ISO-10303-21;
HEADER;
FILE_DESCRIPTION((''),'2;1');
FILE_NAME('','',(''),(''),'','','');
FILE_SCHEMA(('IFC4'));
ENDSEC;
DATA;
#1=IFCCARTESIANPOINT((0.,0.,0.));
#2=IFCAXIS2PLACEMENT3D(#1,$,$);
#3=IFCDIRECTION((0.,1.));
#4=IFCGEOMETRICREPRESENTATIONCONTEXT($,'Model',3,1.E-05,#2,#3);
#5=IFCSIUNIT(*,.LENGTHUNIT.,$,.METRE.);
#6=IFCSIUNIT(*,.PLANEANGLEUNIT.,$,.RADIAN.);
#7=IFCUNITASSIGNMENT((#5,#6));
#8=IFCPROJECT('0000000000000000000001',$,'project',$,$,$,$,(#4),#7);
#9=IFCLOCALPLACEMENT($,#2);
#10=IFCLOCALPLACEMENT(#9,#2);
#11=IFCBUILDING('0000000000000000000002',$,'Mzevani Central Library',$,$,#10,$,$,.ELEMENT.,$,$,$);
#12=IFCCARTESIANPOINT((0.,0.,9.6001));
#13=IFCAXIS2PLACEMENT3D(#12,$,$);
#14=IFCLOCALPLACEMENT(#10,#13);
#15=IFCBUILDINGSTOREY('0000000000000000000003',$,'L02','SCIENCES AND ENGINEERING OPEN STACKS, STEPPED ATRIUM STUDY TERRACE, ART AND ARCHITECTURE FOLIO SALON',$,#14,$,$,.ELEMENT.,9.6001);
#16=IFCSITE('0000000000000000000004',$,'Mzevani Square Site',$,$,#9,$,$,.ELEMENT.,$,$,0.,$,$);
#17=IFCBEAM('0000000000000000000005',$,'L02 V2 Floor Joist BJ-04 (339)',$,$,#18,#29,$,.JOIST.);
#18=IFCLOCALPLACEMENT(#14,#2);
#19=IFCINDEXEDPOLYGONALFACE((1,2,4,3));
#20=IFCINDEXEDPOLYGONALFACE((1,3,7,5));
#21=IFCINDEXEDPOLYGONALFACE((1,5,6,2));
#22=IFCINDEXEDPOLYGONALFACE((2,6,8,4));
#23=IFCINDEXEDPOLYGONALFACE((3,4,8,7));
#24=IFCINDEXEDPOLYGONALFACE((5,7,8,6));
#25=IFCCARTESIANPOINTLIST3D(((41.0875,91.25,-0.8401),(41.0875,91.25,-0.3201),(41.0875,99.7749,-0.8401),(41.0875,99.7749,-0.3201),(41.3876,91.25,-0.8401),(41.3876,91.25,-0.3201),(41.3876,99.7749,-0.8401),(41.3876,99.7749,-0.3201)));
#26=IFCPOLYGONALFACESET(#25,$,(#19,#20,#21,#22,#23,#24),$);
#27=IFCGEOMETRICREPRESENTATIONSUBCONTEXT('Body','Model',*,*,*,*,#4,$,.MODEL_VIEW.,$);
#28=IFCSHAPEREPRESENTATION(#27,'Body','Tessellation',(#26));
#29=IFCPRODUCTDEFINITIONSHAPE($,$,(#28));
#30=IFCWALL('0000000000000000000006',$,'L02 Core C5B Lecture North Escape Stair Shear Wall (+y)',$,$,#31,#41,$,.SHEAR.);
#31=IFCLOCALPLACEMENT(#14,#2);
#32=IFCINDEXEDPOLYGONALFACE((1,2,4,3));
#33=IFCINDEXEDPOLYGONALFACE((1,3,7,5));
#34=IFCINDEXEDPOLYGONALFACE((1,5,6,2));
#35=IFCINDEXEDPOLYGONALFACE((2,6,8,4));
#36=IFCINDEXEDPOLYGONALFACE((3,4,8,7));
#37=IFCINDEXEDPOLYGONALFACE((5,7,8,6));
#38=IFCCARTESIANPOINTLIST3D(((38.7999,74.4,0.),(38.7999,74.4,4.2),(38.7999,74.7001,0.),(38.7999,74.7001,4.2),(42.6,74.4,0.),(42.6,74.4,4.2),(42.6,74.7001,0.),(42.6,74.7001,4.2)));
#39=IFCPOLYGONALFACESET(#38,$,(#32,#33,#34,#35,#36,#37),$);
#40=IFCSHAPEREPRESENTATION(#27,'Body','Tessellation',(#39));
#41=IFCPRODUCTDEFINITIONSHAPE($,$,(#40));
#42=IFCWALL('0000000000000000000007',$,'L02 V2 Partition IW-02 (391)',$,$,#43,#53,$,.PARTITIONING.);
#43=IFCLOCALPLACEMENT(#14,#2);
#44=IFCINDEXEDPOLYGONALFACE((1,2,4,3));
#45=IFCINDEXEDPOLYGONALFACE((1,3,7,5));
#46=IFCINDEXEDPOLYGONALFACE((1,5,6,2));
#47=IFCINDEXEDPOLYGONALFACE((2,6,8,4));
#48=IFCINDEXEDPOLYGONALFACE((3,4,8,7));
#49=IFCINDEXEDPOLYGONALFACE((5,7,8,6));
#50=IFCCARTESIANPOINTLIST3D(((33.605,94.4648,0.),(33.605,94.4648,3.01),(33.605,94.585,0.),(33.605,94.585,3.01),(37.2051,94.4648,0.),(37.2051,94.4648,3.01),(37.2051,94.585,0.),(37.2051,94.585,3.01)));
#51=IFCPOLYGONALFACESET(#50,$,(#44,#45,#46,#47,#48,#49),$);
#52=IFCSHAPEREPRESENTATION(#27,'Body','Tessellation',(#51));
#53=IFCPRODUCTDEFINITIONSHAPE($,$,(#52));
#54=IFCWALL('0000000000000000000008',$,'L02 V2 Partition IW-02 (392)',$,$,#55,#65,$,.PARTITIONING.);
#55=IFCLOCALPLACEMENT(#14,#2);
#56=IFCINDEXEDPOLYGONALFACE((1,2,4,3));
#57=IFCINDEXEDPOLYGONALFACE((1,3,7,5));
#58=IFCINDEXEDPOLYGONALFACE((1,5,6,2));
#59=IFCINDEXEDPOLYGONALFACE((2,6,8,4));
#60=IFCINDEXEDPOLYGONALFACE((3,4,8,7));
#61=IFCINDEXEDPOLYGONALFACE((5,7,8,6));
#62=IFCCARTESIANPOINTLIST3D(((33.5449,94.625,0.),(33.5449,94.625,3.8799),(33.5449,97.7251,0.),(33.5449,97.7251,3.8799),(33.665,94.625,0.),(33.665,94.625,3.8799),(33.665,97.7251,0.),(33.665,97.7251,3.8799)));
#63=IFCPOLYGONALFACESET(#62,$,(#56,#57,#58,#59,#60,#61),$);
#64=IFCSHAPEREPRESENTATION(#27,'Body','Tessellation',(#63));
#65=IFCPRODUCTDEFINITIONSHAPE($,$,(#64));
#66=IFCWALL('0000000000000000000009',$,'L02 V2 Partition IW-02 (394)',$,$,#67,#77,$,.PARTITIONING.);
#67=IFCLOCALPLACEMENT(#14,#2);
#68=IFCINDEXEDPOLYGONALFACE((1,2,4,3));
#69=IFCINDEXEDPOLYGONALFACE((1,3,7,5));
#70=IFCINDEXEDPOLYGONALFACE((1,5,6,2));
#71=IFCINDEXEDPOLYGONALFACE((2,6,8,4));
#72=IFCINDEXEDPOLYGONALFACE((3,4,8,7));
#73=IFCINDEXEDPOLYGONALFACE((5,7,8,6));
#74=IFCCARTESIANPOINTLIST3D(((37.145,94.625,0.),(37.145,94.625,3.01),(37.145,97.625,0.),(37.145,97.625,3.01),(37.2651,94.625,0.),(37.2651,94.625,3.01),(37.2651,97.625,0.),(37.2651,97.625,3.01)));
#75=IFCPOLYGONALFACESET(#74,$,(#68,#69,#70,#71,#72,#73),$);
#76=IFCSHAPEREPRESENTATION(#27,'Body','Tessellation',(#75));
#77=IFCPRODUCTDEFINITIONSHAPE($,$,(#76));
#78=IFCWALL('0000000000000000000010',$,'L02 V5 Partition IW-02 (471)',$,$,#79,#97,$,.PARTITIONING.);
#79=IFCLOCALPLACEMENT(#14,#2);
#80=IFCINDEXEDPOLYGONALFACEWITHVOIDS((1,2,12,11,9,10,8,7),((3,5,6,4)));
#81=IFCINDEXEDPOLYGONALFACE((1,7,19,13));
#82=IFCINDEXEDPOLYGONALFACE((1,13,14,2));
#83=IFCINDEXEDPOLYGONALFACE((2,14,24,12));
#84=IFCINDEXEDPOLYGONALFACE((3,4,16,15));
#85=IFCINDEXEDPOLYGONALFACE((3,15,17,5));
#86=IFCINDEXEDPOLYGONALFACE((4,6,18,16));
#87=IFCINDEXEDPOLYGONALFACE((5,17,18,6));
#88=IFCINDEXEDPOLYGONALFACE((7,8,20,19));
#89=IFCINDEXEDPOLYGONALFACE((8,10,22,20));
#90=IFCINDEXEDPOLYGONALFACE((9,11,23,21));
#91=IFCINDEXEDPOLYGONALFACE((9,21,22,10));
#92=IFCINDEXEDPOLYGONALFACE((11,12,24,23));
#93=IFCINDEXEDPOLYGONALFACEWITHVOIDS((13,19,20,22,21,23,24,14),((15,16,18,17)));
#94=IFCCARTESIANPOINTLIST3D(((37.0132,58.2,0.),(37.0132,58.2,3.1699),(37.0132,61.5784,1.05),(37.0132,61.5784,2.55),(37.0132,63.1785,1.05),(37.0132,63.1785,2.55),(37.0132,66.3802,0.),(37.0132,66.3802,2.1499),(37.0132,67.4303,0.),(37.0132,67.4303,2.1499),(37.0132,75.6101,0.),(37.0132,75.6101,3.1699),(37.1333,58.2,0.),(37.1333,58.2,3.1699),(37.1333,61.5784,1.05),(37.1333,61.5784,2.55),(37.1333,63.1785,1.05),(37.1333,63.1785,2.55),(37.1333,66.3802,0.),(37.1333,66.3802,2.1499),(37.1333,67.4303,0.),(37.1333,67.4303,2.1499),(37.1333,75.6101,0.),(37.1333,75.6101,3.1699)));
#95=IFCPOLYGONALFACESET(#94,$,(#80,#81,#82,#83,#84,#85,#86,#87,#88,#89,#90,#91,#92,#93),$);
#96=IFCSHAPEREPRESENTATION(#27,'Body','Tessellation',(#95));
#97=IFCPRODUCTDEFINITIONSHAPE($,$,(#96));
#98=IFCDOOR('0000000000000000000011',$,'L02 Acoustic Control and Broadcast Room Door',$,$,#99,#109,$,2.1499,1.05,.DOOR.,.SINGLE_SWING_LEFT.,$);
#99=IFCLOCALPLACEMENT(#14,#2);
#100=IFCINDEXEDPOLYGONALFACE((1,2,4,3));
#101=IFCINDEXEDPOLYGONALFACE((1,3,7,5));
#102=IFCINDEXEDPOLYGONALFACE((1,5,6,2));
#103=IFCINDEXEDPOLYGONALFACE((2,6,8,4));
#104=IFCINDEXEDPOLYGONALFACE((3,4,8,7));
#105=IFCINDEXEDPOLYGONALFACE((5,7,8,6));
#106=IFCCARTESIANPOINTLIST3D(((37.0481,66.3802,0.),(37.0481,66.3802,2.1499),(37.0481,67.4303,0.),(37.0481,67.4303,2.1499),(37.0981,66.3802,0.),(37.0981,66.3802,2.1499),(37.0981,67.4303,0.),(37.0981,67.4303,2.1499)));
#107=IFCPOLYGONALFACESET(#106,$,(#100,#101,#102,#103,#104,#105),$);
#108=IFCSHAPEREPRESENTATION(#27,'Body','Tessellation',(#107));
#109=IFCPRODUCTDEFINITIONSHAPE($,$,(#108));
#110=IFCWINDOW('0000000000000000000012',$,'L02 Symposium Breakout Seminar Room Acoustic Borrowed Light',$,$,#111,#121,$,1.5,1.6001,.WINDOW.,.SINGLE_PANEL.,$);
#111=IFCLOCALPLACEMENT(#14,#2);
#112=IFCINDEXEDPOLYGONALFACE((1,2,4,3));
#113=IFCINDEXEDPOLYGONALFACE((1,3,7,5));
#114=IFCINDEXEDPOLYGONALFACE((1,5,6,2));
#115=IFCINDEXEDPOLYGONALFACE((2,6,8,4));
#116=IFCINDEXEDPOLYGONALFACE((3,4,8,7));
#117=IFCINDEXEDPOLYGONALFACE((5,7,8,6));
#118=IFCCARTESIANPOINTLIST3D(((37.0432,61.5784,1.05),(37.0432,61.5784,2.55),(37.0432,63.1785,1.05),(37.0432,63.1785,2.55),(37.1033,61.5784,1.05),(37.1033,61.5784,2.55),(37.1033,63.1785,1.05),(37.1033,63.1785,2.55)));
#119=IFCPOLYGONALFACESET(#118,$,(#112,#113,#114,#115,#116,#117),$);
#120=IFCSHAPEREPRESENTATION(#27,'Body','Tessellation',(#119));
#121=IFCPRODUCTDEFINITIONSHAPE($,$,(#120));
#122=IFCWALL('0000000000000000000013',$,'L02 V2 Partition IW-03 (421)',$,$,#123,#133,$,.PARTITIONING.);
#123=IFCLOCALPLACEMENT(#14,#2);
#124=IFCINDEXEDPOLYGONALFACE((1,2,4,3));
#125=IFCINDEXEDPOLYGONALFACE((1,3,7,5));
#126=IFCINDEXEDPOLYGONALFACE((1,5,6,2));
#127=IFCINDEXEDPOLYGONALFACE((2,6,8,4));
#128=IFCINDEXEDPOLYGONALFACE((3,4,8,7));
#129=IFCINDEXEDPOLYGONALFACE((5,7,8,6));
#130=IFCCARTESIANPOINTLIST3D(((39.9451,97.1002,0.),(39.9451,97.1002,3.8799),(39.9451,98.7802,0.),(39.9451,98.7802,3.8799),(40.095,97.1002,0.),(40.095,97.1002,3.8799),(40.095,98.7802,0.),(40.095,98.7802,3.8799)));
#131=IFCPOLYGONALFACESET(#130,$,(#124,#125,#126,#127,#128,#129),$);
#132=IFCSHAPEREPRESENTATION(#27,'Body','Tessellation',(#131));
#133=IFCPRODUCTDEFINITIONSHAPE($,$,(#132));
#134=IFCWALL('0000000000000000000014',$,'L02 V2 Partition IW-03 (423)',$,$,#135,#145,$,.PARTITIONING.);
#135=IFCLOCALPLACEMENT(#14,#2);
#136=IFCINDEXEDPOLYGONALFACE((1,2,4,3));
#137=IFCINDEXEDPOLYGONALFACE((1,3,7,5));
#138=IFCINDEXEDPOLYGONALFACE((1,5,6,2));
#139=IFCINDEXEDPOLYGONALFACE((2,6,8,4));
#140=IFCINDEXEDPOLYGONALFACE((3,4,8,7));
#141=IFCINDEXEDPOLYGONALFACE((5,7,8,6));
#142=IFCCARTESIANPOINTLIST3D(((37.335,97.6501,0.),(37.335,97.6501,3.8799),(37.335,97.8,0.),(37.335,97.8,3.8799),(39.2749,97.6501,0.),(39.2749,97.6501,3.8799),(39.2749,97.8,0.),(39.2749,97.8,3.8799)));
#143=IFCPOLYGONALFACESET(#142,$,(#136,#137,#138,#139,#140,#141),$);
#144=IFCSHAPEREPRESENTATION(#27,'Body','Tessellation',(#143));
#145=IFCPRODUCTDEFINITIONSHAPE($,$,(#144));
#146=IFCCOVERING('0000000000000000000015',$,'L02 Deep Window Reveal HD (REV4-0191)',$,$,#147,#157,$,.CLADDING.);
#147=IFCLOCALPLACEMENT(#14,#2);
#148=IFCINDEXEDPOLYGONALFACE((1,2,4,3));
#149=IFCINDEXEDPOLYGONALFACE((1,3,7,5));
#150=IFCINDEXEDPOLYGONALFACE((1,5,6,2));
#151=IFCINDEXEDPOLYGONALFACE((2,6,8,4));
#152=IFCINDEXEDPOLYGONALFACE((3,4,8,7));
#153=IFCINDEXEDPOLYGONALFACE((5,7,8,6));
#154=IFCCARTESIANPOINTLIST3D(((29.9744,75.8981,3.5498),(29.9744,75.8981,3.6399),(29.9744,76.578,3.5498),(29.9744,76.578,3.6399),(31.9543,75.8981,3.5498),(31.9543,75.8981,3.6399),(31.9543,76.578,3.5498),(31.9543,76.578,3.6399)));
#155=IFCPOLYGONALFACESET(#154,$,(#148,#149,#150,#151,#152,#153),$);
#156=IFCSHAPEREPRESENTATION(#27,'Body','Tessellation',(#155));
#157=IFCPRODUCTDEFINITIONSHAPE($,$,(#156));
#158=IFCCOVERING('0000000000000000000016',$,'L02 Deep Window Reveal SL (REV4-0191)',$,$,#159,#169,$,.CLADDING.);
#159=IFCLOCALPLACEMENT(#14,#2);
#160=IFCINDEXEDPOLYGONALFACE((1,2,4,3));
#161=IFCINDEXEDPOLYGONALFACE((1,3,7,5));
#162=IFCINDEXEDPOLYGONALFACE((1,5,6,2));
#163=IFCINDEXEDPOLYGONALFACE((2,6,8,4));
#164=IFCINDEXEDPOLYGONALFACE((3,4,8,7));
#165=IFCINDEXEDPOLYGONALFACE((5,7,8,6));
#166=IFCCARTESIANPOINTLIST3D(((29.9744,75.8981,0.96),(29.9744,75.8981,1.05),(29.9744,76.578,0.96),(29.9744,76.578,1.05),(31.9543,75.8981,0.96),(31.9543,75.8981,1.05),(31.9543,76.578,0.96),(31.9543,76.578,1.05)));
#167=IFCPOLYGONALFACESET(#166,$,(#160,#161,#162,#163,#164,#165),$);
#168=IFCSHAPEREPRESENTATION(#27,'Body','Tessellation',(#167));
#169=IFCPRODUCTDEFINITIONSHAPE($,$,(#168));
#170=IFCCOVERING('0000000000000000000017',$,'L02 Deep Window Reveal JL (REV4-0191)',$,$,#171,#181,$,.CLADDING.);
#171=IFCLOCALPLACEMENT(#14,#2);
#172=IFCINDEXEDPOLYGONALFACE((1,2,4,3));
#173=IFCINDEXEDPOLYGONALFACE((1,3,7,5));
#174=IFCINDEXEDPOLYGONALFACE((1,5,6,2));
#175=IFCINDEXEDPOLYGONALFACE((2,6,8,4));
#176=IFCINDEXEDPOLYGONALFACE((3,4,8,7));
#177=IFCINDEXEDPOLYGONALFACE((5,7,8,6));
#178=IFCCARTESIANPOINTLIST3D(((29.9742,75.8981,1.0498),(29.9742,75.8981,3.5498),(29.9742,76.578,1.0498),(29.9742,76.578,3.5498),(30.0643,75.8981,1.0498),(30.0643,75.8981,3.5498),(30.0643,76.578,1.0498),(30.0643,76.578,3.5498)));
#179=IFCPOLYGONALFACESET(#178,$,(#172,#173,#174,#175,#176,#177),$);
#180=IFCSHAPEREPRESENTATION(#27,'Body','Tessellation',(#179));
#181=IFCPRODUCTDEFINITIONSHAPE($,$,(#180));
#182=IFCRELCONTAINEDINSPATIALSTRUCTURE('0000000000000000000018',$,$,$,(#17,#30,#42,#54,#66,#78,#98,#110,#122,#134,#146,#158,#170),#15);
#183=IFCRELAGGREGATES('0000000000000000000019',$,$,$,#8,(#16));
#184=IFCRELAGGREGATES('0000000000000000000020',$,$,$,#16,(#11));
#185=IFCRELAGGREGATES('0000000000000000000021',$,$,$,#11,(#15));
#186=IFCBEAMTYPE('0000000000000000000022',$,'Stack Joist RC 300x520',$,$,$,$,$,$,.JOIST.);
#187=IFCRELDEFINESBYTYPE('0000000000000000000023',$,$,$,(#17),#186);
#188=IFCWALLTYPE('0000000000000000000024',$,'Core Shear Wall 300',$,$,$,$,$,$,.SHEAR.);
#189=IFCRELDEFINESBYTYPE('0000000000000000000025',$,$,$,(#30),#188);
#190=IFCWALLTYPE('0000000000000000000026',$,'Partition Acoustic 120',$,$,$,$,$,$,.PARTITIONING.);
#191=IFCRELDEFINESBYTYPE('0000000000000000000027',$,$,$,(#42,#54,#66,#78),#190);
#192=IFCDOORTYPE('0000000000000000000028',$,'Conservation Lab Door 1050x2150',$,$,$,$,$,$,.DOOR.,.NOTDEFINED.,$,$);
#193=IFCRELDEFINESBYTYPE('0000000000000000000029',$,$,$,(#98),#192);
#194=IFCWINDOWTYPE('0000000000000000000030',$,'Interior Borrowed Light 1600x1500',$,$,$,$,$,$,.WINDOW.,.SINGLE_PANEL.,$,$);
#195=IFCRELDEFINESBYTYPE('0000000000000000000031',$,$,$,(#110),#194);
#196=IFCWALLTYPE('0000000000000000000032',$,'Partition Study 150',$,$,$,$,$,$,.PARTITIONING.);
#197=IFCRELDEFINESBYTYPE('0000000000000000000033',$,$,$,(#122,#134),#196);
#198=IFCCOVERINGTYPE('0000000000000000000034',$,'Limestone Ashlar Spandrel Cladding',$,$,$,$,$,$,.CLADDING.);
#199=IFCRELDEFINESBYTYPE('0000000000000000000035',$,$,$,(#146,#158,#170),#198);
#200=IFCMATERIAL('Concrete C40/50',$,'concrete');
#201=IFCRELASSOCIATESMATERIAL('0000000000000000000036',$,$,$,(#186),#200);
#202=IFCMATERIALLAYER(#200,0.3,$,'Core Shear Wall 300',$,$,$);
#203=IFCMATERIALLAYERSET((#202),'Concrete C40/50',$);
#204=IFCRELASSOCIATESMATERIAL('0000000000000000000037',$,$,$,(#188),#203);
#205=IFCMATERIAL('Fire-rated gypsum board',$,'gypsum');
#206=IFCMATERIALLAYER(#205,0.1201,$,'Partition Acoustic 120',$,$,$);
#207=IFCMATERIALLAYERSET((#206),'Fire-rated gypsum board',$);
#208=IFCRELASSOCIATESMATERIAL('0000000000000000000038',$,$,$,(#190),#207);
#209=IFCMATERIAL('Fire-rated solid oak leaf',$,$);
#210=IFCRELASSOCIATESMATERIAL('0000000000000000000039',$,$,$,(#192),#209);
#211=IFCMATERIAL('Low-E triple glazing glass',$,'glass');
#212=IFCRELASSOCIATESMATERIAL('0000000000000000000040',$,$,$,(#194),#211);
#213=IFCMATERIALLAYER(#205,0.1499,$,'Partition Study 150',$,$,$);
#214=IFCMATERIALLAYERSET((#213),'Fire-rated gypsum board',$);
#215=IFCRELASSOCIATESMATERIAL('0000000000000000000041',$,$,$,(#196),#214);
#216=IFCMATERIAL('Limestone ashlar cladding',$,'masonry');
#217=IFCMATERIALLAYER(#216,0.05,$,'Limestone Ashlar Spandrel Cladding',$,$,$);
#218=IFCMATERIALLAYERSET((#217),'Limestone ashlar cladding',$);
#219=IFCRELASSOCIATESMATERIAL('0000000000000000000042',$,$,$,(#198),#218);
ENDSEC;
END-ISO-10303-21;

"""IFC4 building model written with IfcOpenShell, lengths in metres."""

from ifc_helpers import new_model, si_unit, direction, frame, frame_2d, origin, origin_2d, place, context, subcontext, project, spatial, rectangle, extrude, material, layer, layer_set, material_profile, profile_set, type_object, element, fill, save


model = new_model("IFC4")

# Units and contexts
model_context = context("Model", 3, precision=1e-05, world=origin(), true_north=direction((0.0, 1.0)))
body_context = subcontext(model_context, "Body", "Model", "MODEL_VIEW")
ifc_project = project(units=[si_unit("LENGTHUNIT", "METRE"), si_unit("PLANEANGLEUNIT", "RADIAN")], contexts=[model_context])

# Site, building, storey
site_placement = place(None, origin())
site = spatial("IfcSite", under=ifc_project, at=site_placement, Name="Mzevani Square Site", CompositionType="ELEMENT", RefElevation=0.0)
building_placement = place(site_placement, origin())
building = spatial("IfcBuilding", under=site, at=building_placement, Name="Mzevani Central Library", CompositionType="ELEMENT")
storey_placement = place(building_placement, frame((0.0, 0.0, 9.6001)))
storey = spatial("IfcBuildingStorey", under=building, at=storey_placement, Name="L02", Description="SCIENCES AND ENGINEERING OPEN STACKS, STEPPED ATRIUM STUDY TERRACE, ART AND ARCHITECTURE FOLIO SALON", CompositionType="ELEMENT", Elevation=9.6001)

# Shared definitions
ifc_material_1 = material(Name="Concrete C40/50", Category="concrete")

# Beam
ifc_material_profile_1 = material_profile(ifc_material_1, rectangle(XDim=0.3, YDim=0.52, at=origin_2d()), Name="RC J300x520")
ifc_profile_set_1 = profile_set([ifc_material_profile_1], Name="Concrete C40/50")
beam_type_1 = type_object("IfcBeamType", Name="Stack Joist RC 300x520", PredefinedType="JOIST", material=ifc_profile_set_1)
beam_1_placement = place(storey_placement, frame((41.2375, 91.25, -0.5801), z_axis=(0.0, 1.0, 0.0), x_axis=(-1.0, 0.0, 0.0)))
element("IfcBeam", 1, at=beam_1_placement, inside=storey, type_object=beam_type_1, Name="L02 V2 Floor Joist BJ-04 (339)", PredefinedType="JOIST", context=body_context, shape_type="SweptSolid", body=[
    extrude(rectangle(XDim=0.3, YDim=0.52, at=origin_2d()), origin(), (0.0, 0.0, 1.0), 8.5249),
])

# Walls
ifc_layer_1 = layer(ifc_material_1, 0.3, Name="Core Shear Wall 300")
ifc_layer_set_1 = layer_set([ifc_layer_1], Name="Concrete C40/50")
wall_type_1 = type_object("IfcWallType", Name="Core Shear Wall 300", PredefinedType="SHEAR", material=ifc_layer_set_1)
wall_1_placement = place(storey_placement, frame((38.8, 74.55, 0.0), z_axis=(0.0, 0.0, 1.0), x_axis=(1.0, 0.0, 0.0)))
element("IfcWall", 2, at=wall_1_placement, inside=storey, type_object=wall_type_1, Name="L02 Core C5B Lecture North Escape Stair Shear Wall (+y)", PredefinedType="SHEAR", context=body_context, shape_type="SweptSolid", body=[
    extrude(rectangle(XDim=3.8, YDim=0.3, at=frame_2d((1.8999, 0.0))), origin(), (0.0, 0.0, 1.0), 4.2),
])
ifc_material_2 = material(Name="Fire-rated gypsum board", Category="gypsum")
ifc_layer_2 = layer(ifc_material_2, 0.1201, Name="Partition Acoustic 120")
ifc_layer_set_2 = layer_set([ifc_layer_2], Name="Fire-rated gypsum board")
wall_type_2 = type_object("IfcWallType", Name="Partition Acoustic 120", PredefinedType="PARTITIONING", material=ifc_layer_set_2)
wall_2_placement = place(storey_placement, frame((37.2051, 94.5249, 0.0), z_axis=(0.0, 0.0, 1.0), x_axis=(-1.0, 0.0, 0.0)))
element("IfcWall", 3, at=wall_2_placement, inside=storey, type_object=wall_type_2, Name="L02 V2 Partition IW-02 (391)", PredefinedType="PARTITIONING", context=body_context, shape_type="SweptSolid", body=[
    extrude(rectangle(XDim=3.6001, YDim=0.1201, at=frame_2d((1.8, 0.0))), origin(), (0.0, 0.0, 1.0), 3.01),
])
wall_3_placement = place(storey_placement, frame((33.605, 94.625, 0.0), z_axis=(0.0, 0.0, 1.0), x_axis=(0.0, 1.0, 0.0)))
element("IfcWall", 4, at=wall_3_placement, inside=storey, type_object=wall_type_2, Name="L02 V2 Partition IW-02 (392)", PredefinedType="PARTITIONING", context=body_context, shape_type="SweptSolid", body=[
    extrude(rectangle(XDim=3.1001, YDim=0.1201, at=frame_2d((1.55, 0.0))), origin(), (0.0, 0.0, 1.0), 3.8799),
])

# Shared definitions
ifc_material_3 = material(Name="Fire-rated solid oak leaf")

# Wall
wall_4_placement = place(storey_placement, frame((37.2051, 97.625, 0.0), z_axis=(0.0, 0.0, 1.0), x_axis=(0.0, -1.0, 0.0)))
element("IfcWall", 5, at=wall_4_placement, inside=storey, type_object=wall_type_2, Name="L02 V2 Partition IW-02 (394)", PredefinedType="PARTITIONING", context=body_context, shape_type="SweptSolid", body=[
    extrude(rectangle(XDim=3.0, YDim=0.1201, at=frame_2d((1.5, 0.0))), origin(), (0.0, 0.0, 1.0), 3.01),
])

# Wall, openings, door, window
wall_5_placement = place(storey_placement, frame((37.0732, 75.6101, 0.0), z_axis=(0.0, 0.0, 1.0), x_axis=(0.0, -1.0, 0.0)))
wall_5 = element("IfcWall", 6, at=wall_5_placement, inside=storey, type_object=wall_type_2, Name="L02 V5 Partition IW-02 (471)", PredefinedType="PARTITIONING", context=body_context, shape_type="SweptSolid", body=[
    extrude(rectangle(XDim=17.4102, YDim=0.1201, at=frame_2d((8.7051, 0.0))), origin(), (0.0, 0.0, 1.0), 3.1699),
])
opening_1_placement = place(wall_5_placement, frame((8.1799, 0.0, 0.0)))
opening_1 = element("IfcOpeningElement", 7, at=opening_1_placement, cuts=wall_5, PredefinedType="OPENING", context=body_context, shape_type="SweptSolid", body=[
    extrude(rectangle(XDim=1.05, YDim=2.1499, at=frame_2d((0.5249, 1.075))), frame((0.0, 0.0701, 0.0), z_axis=(0.0, -1.0, 0.0), x_axis=(1.0, 0.0, 0.0)), (0.0, 0.0, 1.0), 0.1401),
])
opening_2_placement = place(wall_5_placement, frame((12.4316, 0.0, 1.05)))
opening_2 = element("IfcOpeningElement", 8, at=opening_2_placement, cuts=wall_5, PredefinedType="OPENING", context=body_context, shape_type="SweptSolid", body=[
    extrude(rectangle(XDim=1.6001, YDim=1.5, at=frame_2d((0.8, 0.75))), frame((0.0, 0.0701, 0.0), z_axis=(0.0, -1.0, 0.0), x_axis=(1.0, 0.0, 0.0)), (0.0, 0.0, 1.0), 0.1401),
])
door_type_1 = type_object("IfcDoorType", Name="Conservation Lab Door 1050x2150", OperationType="NOTDEFINED", PredefinedType="DOOR", material=ifc_material_3)
door_1_placement = place(opening_1_placement, origin())
door_1 = element("IfcDoor", 9, at=door_1_placement, inside=storey, type_object=door_type_1, Name="L02 Acoustic Control and Broadcast Room Door", OperationType="SINGLE_SWING_LEFT", OverallHeight=2.1499, OverallWidth=1.05, PredefinedType="DOOR", context=body_context, shape_type="SweptSolid", body=[
    extrude(rectangle(XDim=1.05, YDim=2.1499, at=frame_2d((0.5249, 1.075))), frame((0.0, 0.0249, 0.0), z_axis=(0.0, -1.0, 0.0), x_axis=(1.0, 0.0, 0.0)), (0.0, 0.0, 1.0), 0.05),
])
fill(opening_1, door_1)
ifc_material_4 = material(Name="Low-E triple glazing glass", Category="glass")
window_type = type_object("IfcWindowType", Name="Interior Borrowed Light 1600x1500", PartitioningType="SINGLE_PANEL", PredefinedType="WINDOW", material=ifc_material_4)
window_placement = place(opening_2_placement, origin())
window = element("IfcWindow", 10, at=window_placement, inside=storey, type_object=window_type, Name="L02 Symposium Breakout Seminar Room Acoustic Borrowed Light", OverallHeight=1.5, OverallWidth=1.6001, PartitioningType="SINGLE_PANEL", PredefinedType="WINDOW", context=body_context, shape_type="SweptSolid", body=[
    extrude(rectangle(XDim=1.6001, YDim=1.5, at=frame_2d((0.8, 0.75))), frame((0.0, 0.03, 0.0), z_axis=(0.0, -1.0, 0.0), x_axis=(1.0, 0.0, 0.0)), (0.0, 0.0, 1.0), 0.0601),
])
fill(opening_2, window)

# Wall
ifc_layer_3 = layer(ifc_material_2, 0.1499, Name="Partition Study 150")
ifc_layer_set_3 = layer_set([ifc_layer_3], Name="Fire-rated gypsum board")
wall_type_3 = type_object("IfcWallType", Name="Partition Study 150", PredefinedType="PARTITIONING", material=ifc_layer_set_3)
wall_6_placement = place(storey_placement, frame((40.02, 98.78, 0.0), z_axis=(0.0, 0.0, 1.0), x_axis=(0.0, -1.0, 0.0)))
element("IfcWall", 11, at=wall_6_placement, inside=storey, type_object=wall_type_3, Name="L02 V2 Partition IW-03 (421)", PredefinedType="PARTITIONING", context=body_context, shape_type="SweptSolid", body=[
    extrude(rectangle(XDim=1.6799, YDim=0.1499, at=frame_2d((0.8398, 0.0))), origin(), (0.0, 0.0, 1.0), 3.8799),
])

# Wall
wall_7_placement = place(storey_placement, frame((37.335, 97.7251, 0.0), z_axis=(0.0, 0.0, 1.0), x_axis=(1.0, 0.0, 0.0)))
element("IfcWall", 12, at=wall_7_placement, inside=storey, type_object=wall_type_3, Name="L02 V2 Partition IW-03 (423)", PredefinedType="PARTITIONING", context=body_context, shape_type="SweptSolid", body=[
    extrude(rectangle(XDim=1.9399, YDim=0.1499, at=frame_2d((0.97, 0.0))), origin(), (0.0, 0.0, 1.0), 3.8799),
])

# Coverings
ifc_material_5 = material(Name="Limestone ashlar cladding", Category="masonry")
ifc_layer_4 = layer(ifc_material_5, 0.05, Name="Limestone Ashlar Spandrel Cladding")
ifc_layer_set_4 = layer_set([ifc_layer_4], Name="Limestone ashlar cladding")
covering_type = type_object("IfcCoveringType", Name="Limestone Ashlar Spandrel Cladding", PredefinedType="CLADDING", material=ifc_layer_set_4)
for number, where, z_axis, x_axis, name in (
    (13, (30.9644, 76.238, 3.5498), (0.0, 0.0, 1.0), (1.0, 0.0, 0.0), "L02 Deep Window Reveal HD (REV4-0191)"),
    (14, (30.9644, 76.238, 0.96), (0.0, 0.0, 1.0), (1.0, 0.0, 0.0), "L02 Deep Window Reveal SL (REV4-0191)"),
):
    element("IfcCovering", number, at=place(storey_placement, frame(where, z_axis=z_axis, x_axis=x_axis)), inside=storey, type_object=covering_type, Name=name, PredefinedType="CLADDING", context=body_context, shape_type="SweptSolid", body=[
        extrude(rectangle(XDim=1.98, YDim=0.6799, at=origin_2d()), origin(), (0.0, 0.0, 1.0), 0.0901),
    ])
for number, where, z_axis, x_axis, name in (
    (15, (30.0193, 76.238, 1.0498), (0.0, 0.0, 1.0), (1.0, 0.0, 0.0), "L02 Deep Window Reveal JL (REV4-0191)"),
):
    element("IfcCovering", number, at=place(storey_placement, frame(where, z_axis=z_axis, x_axis=x_axis)), inside=storey, type_object=covering_type, Name=name, PredefinedType="CLADDING", context=body_context, shape_type="SweptSolid", body=[
        extrude(rectangle(XDim=0.0901, YDim=0.6799, at=origin_2d()), origin(), (0.0, 0.0, 1.0), 2.5),
    ])

save(model, "model.ifc")
